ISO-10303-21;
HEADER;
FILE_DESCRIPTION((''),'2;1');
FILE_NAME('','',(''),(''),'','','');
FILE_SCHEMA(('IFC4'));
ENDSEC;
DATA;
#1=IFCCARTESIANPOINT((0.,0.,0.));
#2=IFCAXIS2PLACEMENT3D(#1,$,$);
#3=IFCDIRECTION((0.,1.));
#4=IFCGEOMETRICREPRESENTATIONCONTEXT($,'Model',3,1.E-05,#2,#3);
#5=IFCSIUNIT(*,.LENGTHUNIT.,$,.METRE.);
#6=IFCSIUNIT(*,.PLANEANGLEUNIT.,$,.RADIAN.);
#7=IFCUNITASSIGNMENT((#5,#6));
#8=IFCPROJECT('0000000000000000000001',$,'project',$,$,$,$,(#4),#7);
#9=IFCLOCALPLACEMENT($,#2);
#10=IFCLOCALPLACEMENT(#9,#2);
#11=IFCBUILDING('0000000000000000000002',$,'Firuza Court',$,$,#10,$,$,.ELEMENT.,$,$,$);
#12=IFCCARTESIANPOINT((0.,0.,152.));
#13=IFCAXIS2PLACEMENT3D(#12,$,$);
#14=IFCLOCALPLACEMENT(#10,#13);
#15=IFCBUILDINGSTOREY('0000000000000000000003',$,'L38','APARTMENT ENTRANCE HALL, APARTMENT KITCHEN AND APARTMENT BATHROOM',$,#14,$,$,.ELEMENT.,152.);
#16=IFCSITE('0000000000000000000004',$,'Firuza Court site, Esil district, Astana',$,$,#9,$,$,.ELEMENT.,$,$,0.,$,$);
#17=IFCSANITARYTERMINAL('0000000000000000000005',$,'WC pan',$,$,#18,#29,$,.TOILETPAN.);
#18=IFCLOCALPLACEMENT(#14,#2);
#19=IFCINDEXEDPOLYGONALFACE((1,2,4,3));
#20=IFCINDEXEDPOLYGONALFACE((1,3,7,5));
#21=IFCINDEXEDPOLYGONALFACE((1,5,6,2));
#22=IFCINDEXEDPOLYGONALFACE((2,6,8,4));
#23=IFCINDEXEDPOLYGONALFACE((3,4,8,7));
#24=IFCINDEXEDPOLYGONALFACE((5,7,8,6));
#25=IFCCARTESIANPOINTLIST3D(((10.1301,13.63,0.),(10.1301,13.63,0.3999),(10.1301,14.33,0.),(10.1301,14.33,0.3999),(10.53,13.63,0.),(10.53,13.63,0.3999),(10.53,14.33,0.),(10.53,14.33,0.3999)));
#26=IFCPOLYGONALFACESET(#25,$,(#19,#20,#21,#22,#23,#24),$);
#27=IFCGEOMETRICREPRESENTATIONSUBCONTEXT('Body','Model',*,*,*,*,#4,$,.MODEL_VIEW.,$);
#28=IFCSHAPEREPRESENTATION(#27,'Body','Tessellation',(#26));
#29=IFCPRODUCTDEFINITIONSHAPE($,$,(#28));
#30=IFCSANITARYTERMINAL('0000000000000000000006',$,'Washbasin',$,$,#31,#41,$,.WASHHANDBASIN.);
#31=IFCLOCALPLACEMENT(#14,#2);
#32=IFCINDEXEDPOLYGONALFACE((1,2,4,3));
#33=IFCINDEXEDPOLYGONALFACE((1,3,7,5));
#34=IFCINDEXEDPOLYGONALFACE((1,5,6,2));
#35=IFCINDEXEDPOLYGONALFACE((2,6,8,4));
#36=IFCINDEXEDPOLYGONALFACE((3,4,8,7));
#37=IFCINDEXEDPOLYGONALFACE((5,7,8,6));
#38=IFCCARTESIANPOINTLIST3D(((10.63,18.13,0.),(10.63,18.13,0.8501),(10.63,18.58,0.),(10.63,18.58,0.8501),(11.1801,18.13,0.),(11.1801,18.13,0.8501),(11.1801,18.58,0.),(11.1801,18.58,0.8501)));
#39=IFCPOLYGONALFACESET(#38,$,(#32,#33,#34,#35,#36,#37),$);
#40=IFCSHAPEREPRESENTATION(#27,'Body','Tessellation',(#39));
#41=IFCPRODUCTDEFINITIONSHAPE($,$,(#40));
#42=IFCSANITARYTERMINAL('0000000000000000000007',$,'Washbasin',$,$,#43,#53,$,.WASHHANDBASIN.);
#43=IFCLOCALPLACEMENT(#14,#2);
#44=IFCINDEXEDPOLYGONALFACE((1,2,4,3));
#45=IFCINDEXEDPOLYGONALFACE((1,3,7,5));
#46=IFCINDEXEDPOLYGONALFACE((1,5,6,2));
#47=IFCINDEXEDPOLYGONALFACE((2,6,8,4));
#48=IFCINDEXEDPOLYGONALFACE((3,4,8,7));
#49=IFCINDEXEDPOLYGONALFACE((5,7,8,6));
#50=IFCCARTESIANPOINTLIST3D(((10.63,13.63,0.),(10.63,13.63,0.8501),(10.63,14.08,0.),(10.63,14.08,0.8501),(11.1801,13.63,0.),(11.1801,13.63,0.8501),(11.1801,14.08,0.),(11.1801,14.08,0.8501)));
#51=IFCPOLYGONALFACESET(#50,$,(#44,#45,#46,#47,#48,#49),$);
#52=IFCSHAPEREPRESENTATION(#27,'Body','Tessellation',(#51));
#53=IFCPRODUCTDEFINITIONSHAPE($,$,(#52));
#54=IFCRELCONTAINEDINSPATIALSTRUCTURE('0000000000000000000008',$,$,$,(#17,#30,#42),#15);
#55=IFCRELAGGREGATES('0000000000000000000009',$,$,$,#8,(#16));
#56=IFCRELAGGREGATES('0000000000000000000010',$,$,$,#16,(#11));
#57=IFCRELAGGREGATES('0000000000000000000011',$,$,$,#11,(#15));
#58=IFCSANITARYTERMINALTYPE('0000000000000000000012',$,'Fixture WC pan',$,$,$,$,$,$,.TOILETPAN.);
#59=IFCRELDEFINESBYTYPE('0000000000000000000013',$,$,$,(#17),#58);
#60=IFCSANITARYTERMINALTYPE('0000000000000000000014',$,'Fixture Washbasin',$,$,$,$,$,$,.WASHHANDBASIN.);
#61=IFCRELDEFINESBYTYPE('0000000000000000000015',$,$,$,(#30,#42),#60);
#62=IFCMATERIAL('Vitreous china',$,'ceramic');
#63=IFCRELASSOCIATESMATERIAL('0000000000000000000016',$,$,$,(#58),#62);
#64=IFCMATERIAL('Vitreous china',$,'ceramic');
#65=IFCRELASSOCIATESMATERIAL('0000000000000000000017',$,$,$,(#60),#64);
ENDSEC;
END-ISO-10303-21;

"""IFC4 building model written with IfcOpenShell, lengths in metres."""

from ifc_helpers import new_model, si_unit, direction, frame, origin, origin_2d, place, context, subcontext, project, spatial, rectangle, extrude, material, type_object, element, save


model = new_model("IFC4")

# Units and contexts
model_context = context("Model", 3, precision=1e-05, world=origin(), true_north=direction((0.0, 1.0)))
body_context = subcontext(model_context, "Body", "Model", "MODEL_VIEW")
ifc_project = project(units=[si_unit("LENGTHUNIT", "METRE"), si_unit("PLANEANGLEUNIT", "RADIAN")], contexts=[model_context])

# Site, building, storey
site_placement = place(None, origin())
site = spatial("IfcSite", under=ifc_project, at=site_placement, Name="Firuza Court site, Esil district, Astana", CompositionType="ELEMENT", RefElevation=0.0)
building_placement = place(site_placement, origin())
building = spatial("IfcBuilding", under=site, at=building_placement, Name="Firuza Court", CompositionType="ELEMENT")
storey_placement = place(building_placement, frame((0.0, 0.0, 152.0)))
storey = spatial("IfcBuildingStorey", under=building, at=storey_placement, Name="L38", Description="APARTMENT ENTRANCE HALL, APARTMENT KITCHEN AND APARTMENT BATHROOM", CompositionType="ELEMENT", Elevation=152.0)

# Sanitary terminals
ifc_material_1 = material(Name="Vitreous china", Category="ceramic")
sanitary_terminal_type_1 = type_object("IfcSanitaryTerminalType", Name="Fixture WC pan", PredefinedType="TOILETPAN", material=ifc_material_1)
for number, where, z_axis, x_axis, name in (
    (1, (10.3301, 13.98, 0.0), (0.0, 0.0, 1.0), (1.0, 0.0, 0.0), "WC pan"),
):
    element("IfcSanitaryTerminal", number, at=place(storey_placement, frame(where, z_axis=z_axis, x_axis=x_axis)), inside=storey, type_object=sanitary_terminal_type_1, Name=name, PredefinedType="TOILETPAN", context=body_context, shape_type="SweptSolid", body=[
        extrude(rectangle(XDim=0.3999, YDim=0.7, at=origin_2d()), origin(), (0.0, 0.0, 1.0), 0.3999),
    ])
ifc_material_2 = material(Name="Vitreous china", Category="ceramic")
sanitary_terminal_type_2 = type_object("IfcSanitaryTerminalType", Name="Fixture Washbasin", PredefinedType="WASHHANDBASIN", material=ifc_material_2)
for number, where, z_axis, x_axis, name in (
    (2, (10.905, 18.355, 0.0), (0.0, 0.0, 1.0), (1.0, 0.0, 0.0), "Washbasin"),
    (3, (10.905, 13.855, 0.0), (0.0, 0.0, 1.0), (1.0, 0.0, 0.0), "Washbasin"),
):
    element("IfcSanitaryTerminal", number, at=place(storey_placement, frame(where, z_axis=z_axis, x_axis=x_axis)), inside=storey, type_object=sanitary_terminal_type_2, Name=name, PredefinedType="WASHHANDBASIN", context=body_context, shape_type="SweptSolid", body=[
        extrude(rectangle(XDim=0.55, YDim=0.45, at=origin_2d()), origin(), (0.0, 0.0, 1.0), 0.8501),
    ])

save(model, "model.ifc")
